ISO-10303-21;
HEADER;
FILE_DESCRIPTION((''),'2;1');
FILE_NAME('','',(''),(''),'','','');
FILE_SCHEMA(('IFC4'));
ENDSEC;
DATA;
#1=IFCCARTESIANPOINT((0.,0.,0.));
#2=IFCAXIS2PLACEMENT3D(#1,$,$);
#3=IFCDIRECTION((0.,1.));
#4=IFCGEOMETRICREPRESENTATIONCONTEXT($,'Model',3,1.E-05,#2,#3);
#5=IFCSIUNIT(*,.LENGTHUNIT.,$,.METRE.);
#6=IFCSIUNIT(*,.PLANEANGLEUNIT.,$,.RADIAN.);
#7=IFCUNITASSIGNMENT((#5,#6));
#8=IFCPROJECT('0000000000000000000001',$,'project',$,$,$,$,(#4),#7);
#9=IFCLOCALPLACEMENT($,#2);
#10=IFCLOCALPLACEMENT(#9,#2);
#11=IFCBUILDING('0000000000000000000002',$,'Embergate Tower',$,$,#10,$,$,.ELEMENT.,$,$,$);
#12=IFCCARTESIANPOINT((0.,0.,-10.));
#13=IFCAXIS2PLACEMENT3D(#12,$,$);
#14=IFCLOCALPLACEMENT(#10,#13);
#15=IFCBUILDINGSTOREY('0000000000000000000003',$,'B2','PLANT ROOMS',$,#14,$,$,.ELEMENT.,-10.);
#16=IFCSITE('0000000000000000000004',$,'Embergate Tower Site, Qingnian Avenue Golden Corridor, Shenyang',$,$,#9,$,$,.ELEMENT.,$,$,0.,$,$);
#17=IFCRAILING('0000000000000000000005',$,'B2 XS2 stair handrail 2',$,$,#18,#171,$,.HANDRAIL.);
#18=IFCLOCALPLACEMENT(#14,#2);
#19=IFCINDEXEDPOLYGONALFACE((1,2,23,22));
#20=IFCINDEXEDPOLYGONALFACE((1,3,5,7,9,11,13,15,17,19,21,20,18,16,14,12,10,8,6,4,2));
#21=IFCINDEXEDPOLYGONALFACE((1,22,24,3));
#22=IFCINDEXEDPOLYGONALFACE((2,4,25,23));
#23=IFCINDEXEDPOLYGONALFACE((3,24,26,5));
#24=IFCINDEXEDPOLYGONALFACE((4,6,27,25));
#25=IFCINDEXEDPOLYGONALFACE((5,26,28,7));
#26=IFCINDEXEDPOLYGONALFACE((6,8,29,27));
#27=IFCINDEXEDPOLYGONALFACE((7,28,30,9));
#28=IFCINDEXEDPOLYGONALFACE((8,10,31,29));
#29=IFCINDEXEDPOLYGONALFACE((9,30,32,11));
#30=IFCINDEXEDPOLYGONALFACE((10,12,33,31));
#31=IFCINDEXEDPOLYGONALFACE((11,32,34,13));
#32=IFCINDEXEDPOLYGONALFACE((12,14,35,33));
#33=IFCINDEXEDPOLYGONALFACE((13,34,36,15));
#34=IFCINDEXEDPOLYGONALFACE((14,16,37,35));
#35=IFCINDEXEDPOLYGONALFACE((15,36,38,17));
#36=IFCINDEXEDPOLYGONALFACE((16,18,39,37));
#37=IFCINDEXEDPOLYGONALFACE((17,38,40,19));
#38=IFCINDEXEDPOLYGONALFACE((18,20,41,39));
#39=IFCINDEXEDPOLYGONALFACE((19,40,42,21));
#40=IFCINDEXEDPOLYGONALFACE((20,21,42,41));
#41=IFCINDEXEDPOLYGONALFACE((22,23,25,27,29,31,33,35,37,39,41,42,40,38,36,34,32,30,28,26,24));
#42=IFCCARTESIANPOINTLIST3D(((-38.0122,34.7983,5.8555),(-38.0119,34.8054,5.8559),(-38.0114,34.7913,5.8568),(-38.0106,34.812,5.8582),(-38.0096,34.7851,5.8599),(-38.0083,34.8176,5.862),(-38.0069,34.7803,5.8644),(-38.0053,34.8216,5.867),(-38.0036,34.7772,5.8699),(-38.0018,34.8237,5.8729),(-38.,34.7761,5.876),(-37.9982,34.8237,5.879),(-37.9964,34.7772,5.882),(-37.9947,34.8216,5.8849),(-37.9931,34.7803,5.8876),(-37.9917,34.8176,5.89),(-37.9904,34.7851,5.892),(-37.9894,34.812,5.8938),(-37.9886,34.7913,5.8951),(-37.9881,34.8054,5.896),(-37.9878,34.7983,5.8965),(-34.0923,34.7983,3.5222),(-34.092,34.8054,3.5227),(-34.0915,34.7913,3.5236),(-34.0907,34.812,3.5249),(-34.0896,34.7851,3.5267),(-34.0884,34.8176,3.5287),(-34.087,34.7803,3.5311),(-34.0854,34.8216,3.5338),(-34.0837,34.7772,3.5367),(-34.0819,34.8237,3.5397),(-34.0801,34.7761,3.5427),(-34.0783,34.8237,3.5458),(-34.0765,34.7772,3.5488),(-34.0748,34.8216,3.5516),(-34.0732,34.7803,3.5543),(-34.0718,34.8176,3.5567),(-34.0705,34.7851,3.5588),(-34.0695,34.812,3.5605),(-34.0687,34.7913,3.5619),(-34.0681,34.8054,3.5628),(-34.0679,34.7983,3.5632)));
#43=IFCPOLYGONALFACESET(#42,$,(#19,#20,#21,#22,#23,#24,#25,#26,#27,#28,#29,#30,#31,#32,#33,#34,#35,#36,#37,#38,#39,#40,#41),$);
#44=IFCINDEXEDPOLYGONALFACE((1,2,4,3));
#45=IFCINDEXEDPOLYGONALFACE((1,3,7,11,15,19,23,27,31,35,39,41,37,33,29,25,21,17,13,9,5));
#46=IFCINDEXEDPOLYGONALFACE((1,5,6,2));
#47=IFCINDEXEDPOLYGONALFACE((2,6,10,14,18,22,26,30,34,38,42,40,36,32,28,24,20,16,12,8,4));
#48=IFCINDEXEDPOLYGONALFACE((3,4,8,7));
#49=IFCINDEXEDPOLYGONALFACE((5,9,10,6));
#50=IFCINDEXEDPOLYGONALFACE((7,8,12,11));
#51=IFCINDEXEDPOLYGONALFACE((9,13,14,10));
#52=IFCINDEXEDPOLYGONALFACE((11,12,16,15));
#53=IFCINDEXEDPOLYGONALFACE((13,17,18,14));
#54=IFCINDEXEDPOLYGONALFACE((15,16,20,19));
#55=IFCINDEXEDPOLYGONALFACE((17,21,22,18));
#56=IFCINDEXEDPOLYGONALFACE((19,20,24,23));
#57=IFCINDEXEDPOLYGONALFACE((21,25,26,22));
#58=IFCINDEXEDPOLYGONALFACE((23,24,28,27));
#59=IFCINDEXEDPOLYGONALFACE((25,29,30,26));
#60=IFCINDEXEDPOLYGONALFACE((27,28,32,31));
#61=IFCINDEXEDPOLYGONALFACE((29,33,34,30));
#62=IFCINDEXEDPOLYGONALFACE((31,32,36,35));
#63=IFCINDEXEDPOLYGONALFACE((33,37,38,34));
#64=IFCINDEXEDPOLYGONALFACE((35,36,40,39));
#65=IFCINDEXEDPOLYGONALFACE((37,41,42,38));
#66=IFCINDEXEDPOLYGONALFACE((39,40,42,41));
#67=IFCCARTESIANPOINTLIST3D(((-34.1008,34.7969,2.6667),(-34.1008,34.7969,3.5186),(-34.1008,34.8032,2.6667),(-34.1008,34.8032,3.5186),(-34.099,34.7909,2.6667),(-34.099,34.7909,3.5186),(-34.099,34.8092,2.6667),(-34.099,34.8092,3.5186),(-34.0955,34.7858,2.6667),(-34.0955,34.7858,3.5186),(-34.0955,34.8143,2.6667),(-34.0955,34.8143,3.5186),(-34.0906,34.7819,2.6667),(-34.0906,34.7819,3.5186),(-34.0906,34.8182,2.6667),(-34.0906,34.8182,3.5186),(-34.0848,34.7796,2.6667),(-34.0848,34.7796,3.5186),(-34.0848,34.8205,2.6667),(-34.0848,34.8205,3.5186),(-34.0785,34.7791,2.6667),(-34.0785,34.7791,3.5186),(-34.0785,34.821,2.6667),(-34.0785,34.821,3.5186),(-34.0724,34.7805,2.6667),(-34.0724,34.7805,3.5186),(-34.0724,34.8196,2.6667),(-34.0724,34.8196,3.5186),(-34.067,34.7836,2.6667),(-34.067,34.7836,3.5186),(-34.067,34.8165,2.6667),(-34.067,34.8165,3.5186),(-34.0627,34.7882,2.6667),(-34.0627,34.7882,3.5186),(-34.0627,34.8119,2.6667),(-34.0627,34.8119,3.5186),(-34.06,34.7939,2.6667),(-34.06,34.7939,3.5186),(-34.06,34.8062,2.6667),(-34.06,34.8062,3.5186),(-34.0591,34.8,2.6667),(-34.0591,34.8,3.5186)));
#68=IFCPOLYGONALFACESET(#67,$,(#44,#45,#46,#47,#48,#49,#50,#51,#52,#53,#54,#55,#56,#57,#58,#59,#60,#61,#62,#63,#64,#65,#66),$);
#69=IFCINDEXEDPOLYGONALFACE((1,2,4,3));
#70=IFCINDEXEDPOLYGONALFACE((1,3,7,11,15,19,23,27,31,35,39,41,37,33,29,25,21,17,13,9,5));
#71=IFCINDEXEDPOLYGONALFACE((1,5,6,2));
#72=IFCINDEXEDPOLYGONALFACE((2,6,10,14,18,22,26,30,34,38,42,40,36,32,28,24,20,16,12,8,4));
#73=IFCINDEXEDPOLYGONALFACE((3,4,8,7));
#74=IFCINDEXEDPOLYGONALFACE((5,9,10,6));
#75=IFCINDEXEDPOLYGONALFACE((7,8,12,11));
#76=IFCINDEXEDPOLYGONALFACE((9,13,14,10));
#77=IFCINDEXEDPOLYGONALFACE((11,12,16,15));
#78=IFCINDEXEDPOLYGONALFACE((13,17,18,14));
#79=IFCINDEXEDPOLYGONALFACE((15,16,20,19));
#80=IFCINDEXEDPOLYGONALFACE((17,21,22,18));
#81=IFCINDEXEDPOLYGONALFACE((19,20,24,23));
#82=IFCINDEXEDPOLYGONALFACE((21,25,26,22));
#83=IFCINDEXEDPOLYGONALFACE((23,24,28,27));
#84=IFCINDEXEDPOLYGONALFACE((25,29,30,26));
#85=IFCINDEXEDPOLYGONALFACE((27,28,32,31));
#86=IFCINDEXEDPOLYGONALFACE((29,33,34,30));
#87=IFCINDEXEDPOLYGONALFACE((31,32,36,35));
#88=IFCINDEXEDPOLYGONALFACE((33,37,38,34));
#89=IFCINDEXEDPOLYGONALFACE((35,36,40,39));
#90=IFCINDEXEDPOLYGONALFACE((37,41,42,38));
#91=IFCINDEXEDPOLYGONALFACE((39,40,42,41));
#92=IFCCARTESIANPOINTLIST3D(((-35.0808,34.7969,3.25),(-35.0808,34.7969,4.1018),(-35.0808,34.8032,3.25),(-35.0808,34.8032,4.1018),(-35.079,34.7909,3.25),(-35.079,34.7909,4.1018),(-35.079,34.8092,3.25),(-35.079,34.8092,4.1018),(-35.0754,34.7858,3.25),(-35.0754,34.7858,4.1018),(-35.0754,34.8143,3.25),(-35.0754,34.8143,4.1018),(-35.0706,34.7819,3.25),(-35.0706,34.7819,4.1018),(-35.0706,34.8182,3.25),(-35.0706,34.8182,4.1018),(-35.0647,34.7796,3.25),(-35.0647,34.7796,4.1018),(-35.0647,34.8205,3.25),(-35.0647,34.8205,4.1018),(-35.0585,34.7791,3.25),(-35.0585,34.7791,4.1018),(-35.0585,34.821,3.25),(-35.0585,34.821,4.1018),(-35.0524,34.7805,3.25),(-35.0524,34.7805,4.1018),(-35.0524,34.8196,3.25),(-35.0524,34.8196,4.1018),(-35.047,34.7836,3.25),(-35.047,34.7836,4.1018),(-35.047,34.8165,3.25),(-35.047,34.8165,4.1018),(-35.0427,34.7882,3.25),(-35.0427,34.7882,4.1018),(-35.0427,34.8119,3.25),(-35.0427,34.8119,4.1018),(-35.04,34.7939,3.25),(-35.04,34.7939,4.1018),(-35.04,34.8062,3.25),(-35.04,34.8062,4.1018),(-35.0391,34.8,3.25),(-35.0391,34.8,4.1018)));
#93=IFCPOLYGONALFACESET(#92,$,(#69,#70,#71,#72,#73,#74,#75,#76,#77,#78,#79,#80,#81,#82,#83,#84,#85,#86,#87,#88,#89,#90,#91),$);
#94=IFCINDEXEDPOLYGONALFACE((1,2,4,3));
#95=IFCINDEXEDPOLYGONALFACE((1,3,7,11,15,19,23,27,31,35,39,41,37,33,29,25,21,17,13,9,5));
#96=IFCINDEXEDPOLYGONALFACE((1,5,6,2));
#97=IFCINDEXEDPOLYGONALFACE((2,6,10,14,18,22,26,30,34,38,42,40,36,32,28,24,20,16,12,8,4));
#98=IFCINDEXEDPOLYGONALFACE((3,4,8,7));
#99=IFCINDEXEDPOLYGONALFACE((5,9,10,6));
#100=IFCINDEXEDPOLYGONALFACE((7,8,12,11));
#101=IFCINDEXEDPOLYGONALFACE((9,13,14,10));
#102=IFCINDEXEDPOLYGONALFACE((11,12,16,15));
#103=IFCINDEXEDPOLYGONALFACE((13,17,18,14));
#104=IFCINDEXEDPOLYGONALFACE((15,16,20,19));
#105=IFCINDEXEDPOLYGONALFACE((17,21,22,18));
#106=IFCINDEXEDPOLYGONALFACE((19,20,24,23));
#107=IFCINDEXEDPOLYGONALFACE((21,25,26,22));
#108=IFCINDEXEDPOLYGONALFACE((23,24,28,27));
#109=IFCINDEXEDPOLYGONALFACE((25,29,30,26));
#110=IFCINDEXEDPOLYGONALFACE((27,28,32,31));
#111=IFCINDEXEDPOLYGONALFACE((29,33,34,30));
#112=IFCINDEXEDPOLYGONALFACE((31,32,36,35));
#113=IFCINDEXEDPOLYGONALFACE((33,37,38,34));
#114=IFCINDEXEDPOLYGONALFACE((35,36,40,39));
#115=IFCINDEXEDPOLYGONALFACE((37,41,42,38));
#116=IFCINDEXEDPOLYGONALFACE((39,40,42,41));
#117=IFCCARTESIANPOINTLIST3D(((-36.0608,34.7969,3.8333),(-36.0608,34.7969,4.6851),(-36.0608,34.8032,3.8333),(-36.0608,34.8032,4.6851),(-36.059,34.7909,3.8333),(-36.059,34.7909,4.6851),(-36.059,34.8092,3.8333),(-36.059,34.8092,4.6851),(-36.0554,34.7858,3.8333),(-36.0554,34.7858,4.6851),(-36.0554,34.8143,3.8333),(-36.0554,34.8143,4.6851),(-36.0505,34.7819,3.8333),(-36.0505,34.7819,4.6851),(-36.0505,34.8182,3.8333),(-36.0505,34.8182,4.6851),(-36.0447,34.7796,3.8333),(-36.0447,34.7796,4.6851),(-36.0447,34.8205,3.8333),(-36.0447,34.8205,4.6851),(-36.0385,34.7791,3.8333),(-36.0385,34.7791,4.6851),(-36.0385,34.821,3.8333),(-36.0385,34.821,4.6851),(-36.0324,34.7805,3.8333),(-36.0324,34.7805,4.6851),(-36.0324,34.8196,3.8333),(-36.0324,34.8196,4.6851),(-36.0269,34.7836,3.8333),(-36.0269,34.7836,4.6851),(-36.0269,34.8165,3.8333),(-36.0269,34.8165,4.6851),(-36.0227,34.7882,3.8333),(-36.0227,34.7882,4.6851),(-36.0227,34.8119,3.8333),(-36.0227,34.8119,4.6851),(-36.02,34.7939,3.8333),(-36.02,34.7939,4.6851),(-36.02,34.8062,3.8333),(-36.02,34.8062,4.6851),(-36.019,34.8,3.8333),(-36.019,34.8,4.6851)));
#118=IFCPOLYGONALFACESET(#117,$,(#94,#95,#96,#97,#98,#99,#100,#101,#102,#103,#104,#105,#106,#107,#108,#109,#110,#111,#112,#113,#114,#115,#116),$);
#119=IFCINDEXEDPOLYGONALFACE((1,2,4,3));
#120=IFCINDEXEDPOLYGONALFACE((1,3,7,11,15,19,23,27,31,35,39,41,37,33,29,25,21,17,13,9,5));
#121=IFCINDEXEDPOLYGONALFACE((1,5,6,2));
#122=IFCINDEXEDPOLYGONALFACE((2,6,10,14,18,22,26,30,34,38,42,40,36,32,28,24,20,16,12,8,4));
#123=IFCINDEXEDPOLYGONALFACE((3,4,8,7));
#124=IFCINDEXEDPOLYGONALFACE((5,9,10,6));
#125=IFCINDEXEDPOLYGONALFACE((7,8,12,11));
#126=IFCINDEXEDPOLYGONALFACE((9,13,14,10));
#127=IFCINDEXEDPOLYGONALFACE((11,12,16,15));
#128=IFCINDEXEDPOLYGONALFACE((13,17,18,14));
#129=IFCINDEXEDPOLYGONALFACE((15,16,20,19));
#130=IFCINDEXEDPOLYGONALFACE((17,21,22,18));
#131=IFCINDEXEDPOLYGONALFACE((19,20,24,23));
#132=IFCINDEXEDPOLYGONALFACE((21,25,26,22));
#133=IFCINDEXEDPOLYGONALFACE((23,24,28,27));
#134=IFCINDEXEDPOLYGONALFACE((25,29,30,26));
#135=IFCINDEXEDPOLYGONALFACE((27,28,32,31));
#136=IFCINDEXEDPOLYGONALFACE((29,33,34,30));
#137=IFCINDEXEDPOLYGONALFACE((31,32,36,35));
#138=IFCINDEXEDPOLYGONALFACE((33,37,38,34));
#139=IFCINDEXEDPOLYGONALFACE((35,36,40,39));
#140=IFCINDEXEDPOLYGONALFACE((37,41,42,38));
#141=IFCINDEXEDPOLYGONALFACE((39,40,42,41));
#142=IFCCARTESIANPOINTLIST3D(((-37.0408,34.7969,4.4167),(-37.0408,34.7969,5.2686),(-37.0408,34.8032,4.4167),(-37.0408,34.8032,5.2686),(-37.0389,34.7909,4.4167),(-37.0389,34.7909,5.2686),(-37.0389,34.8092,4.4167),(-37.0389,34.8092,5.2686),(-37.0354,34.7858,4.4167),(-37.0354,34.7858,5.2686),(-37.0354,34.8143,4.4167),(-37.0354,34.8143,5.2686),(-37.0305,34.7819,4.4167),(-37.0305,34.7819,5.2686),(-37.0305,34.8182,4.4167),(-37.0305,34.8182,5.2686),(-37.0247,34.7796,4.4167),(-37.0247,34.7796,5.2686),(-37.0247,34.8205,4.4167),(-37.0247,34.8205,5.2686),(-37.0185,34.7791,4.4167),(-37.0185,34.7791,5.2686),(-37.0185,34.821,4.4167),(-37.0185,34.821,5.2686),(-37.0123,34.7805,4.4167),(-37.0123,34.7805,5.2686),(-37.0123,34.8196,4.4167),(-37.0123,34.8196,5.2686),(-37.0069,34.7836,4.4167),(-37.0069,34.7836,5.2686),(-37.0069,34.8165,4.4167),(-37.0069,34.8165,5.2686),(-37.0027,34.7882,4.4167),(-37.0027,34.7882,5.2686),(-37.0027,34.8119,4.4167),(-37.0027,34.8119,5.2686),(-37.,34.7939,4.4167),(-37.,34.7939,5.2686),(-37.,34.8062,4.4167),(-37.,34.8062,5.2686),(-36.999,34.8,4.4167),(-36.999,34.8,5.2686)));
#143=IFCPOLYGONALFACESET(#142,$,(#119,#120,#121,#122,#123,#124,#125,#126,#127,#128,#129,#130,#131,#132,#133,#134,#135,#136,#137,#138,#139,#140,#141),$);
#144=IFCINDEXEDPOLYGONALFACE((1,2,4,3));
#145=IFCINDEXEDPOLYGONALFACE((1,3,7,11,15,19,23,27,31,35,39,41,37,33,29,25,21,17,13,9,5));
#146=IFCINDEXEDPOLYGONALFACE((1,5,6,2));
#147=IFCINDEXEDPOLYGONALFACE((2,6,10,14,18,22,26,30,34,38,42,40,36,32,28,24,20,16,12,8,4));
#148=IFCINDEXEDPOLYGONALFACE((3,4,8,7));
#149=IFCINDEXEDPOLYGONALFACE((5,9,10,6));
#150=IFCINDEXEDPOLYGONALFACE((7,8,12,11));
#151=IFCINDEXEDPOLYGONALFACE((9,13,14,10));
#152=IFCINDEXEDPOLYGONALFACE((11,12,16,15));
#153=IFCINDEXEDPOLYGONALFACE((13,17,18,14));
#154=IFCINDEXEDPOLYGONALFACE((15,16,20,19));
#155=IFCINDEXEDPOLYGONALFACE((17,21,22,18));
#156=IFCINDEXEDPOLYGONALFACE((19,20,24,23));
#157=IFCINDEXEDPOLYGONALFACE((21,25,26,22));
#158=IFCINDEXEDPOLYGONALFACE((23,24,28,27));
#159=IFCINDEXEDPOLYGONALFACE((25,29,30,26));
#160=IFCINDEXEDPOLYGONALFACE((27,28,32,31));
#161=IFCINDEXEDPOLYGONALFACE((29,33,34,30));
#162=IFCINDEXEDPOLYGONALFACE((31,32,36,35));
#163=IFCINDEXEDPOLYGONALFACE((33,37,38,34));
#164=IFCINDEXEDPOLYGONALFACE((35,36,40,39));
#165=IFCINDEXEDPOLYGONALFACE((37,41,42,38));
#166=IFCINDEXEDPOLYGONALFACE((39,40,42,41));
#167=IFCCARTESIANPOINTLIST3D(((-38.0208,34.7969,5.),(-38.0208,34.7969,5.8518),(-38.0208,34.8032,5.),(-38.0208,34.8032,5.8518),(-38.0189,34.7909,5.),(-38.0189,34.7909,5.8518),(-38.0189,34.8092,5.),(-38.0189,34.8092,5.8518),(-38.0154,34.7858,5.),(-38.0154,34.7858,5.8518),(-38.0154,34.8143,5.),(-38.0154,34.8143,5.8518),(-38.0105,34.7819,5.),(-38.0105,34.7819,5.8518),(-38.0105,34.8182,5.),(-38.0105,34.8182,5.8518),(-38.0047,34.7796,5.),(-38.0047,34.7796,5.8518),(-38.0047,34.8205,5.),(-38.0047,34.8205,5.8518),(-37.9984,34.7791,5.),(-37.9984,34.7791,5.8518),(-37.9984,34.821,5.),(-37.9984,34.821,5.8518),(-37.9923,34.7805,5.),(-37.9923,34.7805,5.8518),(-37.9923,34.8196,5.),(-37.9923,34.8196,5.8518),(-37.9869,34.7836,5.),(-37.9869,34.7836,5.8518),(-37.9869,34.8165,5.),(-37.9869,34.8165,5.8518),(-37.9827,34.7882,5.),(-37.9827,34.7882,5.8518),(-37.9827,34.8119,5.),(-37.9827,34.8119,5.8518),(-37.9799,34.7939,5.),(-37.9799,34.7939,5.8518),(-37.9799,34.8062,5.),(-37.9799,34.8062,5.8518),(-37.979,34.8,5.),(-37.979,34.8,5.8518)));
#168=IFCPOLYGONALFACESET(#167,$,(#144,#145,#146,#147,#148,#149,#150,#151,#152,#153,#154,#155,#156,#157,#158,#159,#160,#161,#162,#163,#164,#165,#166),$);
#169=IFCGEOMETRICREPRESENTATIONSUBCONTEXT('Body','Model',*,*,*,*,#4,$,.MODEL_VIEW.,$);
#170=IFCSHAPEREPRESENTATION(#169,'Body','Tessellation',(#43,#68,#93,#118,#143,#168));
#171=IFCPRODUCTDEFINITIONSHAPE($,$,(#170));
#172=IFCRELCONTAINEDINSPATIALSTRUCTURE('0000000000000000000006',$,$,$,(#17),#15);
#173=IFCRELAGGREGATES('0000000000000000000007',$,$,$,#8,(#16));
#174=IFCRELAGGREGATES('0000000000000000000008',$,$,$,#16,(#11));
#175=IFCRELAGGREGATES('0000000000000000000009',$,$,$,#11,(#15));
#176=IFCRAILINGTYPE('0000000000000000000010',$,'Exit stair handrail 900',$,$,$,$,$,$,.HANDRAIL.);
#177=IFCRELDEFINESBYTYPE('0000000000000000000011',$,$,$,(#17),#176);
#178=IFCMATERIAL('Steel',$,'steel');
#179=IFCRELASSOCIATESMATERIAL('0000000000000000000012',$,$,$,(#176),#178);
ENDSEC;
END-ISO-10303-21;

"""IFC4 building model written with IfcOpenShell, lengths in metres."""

from ifc_helpers import new_model, si_unit, direction, frame, origin, origin_2d, place, context, subcontext, project, spatial, circle, extrude, source, transform, mapped, material, type_object, element, save


model = new_model("IFC4")

# Units and contexts
model_context = context("Model", 3, precision=1e-05, world=origin(), true_north=direction((0.0, 1.0)))
body_context = subcontext(model_context, "Body", "Model", "MODEL_VIEW")
ifc_project = project(units=[si_unit("LENGTHUNIT", "METRE"), si_unit("PLANEANGLEUNIT", "RADIAN")], contexts=[model_context])

# Site, building, storey
site_placement = place(None, origin())
site = spatial("IfcSite", under=ifc_project, at=site_placement, Name="Embergate Tower Site, Qingnian Avenue Golden Corridor, Shenyang", CompositionType="ELEMENT", RefElevation=0.0)
building_placement = place(site_placement, origin())
building = spatial("IfcBuilding", under=site, at=building_placement, Name="Embergate Tower", CompositionType="ELEMENT")
storey_placement = place(building_placement, frame((0.0, 0.0, -10.0)))
storey = spatial("IfcBuildingStorey", under=building, at=storey_placement, Name="B2", Description="PLANT ROOMS", CompositionType="ELEMENT", Elevation=-10.0)

# Railing
ifc_material_1 = material(Name="Steel", Category="steel")
railing_type_1 = type_object("IfcRailingType", Name="Exit stair handrail 900", PredefinedType="HANDRAIL", material=ifc_material_1)
shared_shape_1 = source(origin(), body_context, "Body", "SweptSolid", [
    extrude(circle(Radius=0.0239, at=origin_2d()), frame((0.0, 0.0, 0.876), z_axis=(-0.859296, 0.0, 0.511478), x_axis=(0.0, -1.0, 0.0)), (0.0, 0.0, 1.0), 4.5618),
    extrude(circle(Radius=0.021, at=origin_2d()), origin(), (0.0, 0.0, 1.0), 0.8518),
    extrude(circle(Radius=0.021, at=origin_2d()), frame((-0.98, 0.0, 0.5833)), (0.0, 0.0, 1.0), 0.8518),
    extrude(circle(Radius=0.021, at=origin_2d()), frame((-1.96, 0.0, 1.1665)), (0.0, 0.0, 1.0), 0.8518),
    extrude(circle(Radius=0.021, at=origin_2d()), frame((-2.9399, 0.0, 1.75)), (0.0, 0.0, 1.0), 0.8518),
    extrude(circle(Radius=0.021, at=origin_2d()), frame((-3.9199, 0.0, 2.3333)), (0.0, 0.0, 1.0), 0.8518),
])
railing_1_placement = place(storey_placement, frame((-34.0801, 34.8, 2.6667)))
element("IfcRailing", 1, at=railing_1_placement, inside=storey, type_object=railing_type_1, Name="B2 XS2 stair handrail 2", PredefinedType="HANDRAIL", context=body_context, shape_type="MappedRepresentation", body=[
    mapped(shared_shape_1, transform((0.0, 0.0, 0.0))),
])

save(model, "model.ifc")
